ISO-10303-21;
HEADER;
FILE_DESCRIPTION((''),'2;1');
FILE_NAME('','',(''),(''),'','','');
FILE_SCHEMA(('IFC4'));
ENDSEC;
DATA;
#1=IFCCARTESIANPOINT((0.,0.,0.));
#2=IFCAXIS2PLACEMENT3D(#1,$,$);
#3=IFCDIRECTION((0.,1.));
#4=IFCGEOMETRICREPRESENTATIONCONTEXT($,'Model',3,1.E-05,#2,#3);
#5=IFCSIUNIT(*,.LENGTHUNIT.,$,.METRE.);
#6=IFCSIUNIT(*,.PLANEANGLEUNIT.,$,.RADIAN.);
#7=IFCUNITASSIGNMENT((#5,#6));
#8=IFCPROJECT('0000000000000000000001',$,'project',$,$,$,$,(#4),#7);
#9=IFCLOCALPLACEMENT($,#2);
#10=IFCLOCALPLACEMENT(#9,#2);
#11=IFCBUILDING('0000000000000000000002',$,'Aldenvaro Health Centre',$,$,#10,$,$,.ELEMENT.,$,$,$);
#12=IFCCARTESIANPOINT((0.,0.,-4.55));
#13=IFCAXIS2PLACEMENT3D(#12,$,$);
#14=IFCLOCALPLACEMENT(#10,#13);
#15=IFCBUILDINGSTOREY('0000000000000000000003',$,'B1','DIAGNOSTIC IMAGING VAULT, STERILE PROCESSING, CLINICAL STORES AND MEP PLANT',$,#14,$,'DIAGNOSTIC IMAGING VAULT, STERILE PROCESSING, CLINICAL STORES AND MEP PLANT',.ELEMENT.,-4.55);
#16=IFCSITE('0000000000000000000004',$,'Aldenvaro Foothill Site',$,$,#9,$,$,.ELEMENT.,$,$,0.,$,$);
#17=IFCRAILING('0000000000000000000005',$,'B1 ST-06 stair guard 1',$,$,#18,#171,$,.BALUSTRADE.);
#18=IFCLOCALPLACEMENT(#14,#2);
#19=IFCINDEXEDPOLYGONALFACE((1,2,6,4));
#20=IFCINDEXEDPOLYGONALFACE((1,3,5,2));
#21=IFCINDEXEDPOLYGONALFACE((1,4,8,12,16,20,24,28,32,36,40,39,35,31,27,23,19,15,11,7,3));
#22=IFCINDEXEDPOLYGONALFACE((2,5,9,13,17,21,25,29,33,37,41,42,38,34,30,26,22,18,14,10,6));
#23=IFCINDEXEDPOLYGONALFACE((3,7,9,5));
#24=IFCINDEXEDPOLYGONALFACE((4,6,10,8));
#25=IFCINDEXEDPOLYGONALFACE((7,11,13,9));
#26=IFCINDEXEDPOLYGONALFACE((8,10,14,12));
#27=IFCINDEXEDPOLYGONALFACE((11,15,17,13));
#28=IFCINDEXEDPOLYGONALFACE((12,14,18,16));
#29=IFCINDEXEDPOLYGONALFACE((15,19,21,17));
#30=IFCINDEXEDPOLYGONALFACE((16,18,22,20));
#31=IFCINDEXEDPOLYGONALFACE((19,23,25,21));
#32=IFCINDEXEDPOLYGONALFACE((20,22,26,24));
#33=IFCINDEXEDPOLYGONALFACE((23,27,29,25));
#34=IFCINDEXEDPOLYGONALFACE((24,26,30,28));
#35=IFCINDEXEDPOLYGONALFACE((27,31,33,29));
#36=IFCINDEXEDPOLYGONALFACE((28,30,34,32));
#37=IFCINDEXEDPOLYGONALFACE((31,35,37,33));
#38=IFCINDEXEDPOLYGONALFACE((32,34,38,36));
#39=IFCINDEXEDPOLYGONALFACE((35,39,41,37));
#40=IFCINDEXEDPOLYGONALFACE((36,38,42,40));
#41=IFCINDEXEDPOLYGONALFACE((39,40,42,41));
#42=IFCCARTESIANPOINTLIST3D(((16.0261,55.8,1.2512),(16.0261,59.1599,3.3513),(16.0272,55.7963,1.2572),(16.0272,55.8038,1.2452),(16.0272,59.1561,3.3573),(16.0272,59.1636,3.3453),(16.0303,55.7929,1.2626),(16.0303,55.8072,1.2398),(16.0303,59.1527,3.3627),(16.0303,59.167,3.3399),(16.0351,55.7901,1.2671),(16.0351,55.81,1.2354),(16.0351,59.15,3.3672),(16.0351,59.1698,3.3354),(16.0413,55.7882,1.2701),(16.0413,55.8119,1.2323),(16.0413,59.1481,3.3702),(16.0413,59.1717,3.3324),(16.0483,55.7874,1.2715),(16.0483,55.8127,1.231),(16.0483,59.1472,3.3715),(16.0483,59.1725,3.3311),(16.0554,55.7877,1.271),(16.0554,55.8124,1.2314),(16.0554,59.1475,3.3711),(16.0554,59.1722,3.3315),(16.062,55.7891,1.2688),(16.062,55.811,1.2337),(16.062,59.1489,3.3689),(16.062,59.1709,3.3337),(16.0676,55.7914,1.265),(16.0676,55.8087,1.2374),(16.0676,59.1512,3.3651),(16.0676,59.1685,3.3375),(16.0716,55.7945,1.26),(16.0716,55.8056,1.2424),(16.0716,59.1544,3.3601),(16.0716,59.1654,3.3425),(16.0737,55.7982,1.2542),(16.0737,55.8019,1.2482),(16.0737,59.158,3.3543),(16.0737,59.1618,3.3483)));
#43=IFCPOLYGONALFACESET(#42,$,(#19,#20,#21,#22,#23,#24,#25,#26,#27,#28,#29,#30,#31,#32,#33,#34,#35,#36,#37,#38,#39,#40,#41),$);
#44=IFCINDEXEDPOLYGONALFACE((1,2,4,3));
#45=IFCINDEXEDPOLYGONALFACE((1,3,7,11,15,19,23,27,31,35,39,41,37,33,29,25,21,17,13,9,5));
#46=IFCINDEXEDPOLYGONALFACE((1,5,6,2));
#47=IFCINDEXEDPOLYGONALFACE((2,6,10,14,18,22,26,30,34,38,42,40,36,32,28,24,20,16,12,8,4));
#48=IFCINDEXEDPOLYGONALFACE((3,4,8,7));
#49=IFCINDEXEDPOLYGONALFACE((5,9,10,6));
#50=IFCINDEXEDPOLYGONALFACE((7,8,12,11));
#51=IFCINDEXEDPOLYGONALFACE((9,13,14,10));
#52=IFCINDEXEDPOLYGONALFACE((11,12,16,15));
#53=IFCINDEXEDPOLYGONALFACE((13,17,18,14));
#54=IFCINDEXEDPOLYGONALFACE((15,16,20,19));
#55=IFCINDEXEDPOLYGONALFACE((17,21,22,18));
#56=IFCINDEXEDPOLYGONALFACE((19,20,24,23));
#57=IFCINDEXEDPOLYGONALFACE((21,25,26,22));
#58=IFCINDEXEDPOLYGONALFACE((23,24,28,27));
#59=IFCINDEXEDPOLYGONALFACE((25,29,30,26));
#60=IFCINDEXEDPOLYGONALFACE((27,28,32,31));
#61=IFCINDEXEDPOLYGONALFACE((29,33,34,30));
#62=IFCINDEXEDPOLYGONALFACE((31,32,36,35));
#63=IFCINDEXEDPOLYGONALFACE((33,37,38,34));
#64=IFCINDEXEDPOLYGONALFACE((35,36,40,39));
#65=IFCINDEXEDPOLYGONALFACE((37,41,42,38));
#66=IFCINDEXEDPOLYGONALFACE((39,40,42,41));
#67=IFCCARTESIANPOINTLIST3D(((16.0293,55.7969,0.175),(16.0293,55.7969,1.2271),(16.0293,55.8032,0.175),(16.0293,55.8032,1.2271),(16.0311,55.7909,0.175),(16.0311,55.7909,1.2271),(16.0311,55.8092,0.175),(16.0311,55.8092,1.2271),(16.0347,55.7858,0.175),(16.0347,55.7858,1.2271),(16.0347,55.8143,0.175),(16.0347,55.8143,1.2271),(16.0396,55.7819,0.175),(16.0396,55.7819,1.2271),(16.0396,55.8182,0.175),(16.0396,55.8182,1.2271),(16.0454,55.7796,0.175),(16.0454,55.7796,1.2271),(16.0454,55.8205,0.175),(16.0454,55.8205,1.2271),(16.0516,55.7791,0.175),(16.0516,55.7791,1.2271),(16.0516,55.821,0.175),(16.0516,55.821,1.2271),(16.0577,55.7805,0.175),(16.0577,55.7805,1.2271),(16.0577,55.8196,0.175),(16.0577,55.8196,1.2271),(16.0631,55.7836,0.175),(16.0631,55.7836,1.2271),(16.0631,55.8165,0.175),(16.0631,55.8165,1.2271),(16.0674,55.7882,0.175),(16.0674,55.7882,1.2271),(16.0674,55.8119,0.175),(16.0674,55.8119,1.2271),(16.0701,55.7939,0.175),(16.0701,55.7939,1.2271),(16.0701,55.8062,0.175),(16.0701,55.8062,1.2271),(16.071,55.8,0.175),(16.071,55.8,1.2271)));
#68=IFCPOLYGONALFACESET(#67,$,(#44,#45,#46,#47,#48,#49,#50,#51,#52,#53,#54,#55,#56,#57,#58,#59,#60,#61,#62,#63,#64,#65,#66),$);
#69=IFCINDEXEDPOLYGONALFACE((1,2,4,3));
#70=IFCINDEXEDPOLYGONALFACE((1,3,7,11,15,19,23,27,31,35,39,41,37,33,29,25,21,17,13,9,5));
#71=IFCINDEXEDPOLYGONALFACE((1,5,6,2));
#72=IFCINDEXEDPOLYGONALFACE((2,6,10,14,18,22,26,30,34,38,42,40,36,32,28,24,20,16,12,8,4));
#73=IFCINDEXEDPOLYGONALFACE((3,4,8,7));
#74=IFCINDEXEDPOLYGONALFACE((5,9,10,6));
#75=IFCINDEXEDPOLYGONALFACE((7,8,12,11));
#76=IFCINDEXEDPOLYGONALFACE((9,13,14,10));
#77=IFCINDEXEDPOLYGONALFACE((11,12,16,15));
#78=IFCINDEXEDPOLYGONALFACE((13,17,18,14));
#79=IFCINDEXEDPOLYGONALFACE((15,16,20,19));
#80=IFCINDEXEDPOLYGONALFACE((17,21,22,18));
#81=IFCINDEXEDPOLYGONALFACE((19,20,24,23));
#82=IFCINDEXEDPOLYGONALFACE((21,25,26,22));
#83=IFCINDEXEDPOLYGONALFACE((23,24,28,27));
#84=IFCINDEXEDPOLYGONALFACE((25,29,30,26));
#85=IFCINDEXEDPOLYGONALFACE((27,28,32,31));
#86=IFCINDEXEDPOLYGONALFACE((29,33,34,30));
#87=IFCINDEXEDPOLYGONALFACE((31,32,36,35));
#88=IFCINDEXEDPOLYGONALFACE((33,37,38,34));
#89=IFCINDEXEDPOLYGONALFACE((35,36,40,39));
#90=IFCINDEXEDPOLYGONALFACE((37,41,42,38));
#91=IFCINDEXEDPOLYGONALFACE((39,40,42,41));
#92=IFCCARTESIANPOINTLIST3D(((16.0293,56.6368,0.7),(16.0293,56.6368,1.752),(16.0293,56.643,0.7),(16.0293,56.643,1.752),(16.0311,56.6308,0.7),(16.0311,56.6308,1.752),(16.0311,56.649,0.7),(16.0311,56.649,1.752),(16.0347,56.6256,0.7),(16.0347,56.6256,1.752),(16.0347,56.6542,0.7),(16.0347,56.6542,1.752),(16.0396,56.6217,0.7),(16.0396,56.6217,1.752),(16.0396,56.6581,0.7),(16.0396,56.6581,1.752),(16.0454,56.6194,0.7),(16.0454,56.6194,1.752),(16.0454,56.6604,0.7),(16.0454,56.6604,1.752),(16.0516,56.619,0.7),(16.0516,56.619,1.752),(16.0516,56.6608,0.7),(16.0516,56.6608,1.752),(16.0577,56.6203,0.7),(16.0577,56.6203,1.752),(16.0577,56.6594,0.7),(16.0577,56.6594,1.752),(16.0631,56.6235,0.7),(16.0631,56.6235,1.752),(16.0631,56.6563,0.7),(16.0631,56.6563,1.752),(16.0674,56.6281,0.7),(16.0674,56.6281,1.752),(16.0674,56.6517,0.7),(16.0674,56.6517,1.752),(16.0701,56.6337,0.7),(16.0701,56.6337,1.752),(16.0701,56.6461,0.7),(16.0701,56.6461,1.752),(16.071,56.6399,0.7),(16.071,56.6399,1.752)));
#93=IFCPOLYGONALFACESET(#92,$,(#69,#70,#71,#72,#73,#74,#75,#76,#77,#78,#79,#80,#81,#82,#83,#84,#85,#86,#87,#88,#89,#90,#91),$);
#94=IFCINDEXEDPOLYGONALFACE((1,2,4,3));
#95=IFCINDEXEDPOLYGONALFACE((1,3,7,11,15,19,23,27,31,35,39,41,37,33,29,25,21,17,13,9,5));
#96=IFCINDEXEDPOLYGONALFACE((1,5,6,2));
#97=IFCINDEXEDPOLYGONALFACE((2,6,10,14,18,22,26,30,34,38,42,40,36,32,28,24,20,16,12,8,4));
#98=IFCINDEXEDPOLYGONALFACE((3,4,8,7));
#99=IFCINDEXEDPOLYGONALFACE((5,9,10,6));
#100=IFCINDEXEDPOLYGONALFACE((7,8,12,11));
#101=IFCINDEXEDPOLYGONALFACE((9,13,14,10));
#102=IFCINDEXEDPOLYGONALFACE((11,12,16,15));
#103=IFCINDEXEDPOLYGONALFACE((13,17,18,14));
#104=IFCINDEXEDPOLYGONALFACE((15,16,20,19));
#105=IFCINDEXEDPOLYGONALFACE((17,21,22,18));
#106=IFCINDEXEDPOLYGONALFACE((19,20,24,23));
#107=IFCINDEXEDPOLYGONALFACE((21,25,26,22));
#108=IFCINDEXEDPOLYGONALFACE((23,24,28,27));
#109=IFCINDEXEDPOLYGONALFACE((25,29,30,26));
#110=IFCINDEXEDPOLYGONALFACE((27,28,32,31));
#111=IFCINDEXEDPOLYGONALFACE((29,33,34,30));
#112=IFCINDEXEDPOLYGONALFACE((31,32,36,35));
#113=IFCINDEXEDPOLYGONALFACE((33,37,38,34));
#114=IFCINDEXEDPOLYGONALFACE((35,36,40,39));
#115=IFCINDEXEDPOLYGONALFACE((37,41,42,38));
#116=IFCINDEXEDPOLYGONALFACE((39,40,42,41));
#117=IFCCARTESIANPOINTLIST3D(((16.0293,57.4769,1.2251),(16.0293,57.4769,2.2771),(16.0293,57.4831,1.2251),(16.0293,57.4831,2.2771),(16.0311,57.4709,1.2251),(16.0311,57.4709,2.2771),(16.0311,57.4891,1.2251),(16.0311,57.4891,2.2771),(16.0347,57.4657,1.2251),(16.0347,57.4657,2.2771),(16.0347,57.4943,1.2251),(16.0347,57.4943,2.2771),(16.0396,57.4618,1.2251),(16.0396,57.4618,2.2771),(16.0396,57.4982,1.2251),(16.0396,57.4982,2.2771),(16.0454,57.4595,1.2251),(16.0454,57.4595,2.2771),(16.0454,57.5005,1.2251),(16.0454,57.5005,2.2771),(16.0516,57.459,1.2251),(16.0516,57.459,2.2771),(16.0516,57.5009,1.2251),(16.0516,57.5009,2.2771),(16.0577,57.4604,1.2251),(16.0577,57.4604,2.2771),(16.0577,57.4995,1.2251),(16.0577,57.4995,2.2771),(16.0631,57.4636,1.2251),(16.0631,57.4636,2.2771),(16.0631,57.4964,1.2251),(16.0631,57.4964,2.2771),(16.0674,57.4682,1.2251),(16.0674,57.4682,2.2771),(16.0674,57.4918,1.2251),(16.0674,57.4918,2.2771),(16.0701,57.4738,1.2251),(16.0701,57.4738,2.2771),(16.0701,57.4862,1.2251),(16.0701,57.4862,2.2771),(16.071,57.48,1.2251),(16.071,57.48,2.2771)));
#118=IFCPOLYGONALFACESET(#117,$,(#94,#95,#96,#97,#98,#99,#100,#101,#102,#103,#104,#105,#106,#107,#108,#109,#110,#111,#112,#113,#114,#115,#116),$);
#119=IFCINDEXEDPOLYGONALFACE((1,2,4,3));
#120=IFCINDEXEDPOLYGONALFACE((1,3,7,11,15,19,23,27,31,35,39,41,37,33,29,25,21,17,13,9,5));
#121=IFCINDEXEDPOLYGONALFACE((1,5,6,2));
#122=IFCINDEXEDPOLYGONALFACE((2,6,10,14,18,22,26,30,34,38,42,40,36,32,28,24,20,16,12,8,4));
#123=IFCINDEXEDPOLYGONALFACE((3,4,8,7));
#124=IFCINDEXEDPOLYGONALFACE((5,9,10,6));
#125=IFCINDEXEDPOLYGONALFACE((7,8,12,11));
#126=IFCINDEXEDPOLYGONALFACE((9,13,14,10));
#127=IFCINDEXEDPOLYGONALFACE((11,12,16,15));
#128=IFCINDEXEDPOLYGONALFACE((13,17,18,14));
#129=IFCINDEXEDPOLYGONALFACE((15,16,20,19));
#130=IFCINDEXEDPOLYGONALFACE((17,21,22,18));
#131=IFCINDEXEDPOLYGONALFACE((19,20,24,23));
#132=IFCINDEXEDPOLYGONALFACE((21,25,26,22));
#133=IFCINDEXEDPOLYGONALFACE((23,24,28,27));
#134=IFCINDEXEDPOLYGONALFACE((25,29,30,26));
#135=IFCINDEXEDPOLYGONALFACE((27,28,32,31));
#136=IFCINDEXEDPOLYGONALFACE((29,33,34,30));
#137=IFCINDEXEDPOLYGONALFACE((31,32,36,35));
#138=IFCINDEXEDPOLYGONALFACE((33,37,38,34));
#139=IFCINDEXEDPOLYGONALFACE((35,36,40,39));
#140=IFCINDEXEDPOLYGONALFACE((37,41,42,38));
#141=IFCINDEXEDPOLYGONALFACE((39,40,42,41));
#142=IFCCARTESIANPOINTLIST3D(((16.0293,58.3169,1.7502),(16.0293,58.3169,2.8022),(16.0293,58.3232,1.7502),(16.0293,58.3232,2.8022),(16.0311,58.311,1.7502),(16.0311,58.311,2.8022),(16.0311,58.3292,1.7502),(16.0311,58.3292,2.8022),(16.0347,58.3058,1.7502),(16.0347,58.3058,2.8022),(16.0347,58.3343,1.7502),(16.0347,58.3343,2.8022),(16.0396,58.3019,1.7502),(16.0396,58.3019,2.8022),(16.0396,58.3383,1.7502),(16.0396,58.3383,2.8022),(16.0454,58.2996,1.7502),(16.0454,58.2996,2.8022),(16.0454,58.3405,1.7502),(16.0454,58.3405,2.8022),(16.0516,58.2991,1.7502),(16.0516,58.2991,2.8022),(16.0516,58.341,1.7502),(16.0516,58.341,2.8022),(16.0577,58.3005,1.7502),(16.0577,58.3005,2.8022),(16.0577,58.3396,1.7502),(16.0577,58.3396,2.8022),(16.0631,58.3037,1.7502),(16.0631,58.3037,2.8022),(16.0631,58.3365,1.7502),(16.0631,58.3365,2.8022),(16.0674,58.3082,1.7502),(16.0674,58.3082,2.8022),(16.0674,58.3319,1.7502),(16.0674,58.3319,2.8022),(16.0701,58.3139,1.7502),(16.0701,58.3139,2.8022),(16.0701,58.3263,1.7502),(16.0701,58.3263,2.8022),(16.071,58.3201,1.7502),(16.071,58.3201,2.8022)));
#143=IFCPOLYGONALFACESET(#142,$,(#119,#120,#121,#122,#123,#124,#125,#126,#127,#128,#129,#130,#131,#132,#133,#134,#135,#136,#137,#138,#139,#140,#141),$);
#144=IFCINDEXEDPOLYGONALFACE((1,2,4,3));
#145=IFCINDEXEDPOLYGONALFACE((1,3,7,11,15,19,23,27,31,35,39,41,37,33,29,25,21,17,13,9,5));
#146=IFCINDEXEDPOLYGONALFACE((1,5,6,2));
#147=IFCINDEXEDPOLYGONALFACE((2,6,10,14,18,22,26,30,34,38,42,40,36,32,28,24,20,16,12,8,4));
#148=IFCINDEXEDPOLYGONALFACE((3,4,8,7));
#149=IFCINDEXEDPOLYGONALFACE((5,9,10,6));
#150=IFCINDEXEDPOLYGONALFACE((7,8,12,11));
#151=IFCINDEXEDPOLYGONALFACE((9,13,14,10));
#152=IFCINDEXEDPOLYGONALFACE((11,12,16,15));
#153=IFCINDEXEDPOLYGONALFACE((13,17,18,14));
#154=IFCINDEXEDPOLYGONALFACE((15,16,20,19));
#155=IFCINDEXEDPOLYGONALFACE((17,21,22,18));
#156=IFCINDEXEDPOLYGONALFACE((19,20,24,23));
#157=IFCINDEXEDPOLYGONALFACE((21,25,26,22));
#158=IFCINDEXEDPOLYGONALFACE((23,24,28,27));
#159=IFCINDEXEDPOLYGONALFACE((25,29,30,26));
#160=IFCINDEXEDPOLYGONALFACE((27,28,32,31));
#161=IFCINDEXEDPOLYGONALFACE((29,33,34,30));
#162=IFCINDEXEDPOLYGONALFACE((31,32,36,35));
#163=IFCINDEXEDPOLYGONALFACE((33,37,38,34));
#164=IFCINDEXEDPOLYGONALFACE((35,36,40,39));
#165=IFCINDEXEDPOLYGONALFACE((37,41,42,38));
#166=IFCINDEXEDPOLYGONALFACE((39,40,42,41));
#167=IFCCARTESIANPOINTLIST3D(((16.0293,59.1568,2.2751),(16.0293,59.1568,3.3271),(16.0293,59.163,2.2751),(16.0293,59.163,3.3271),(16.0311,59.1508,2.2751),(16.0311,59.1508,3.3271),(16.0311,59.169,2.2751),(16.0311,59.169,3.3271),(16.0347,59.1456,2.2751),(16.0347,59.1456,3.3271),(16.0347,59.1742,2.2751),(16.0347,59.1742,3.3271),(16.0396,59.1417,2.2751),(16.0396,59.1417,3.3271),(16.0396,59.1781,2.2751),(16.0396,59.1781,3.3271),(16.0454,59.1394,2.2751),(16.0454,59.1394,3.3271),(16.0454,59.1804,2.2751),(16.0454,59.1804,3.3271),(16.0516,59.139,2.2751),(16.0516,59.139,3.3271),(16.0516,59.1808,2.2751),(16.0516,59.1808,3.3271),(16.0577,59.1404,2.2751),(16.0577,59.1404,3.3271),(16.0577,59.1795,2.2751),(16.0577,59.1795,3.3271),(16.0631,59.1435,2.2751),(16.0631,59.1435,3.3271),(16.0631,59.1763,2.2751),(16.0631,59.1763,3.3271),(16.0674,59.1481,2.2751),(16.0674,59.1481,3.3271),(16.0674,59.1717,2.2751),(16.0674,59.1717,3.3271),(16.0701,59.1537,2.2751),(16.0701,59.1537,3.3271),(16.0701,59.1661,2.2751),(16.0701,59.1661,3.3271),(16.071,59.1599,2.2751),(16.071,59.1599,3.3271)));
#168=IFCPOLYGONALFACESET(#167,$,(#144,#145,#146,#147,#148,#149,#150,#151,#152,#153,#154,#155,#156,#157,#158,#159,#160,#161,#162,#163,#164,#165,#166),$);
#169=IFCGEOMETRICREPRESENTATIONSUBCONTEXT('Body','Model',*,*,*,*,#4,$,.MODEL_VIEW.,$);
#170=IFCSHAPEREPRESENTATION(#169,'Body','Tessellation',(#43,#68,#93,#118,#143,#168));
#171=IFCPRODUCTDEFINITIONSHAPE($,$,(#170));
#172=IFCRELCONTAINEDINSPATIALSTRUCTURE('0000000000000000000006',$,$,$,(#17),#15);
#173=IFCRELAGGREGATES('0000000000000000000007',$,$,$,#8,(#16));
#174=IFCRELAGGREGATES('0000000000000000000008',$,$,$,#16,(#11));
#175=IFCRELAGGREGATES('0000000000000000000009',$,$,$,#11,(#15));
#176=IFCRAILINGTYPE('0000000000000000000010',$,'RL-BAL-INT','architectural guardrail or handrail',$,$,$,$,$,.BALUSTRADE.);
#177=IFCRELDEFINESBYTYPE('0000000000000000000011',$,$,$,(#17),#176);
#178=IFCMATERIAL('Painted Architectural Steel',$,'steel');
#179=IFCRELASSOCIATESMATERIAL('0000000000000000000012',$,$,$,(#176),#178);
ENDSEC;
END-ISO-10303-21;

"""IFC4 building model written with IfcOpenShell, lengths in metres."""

from ifc_helpers import new_model, si_unit, direction, frame, origin, origin_2d, place, context, subcontext, project, spatial, circle, extrude, material, type_object, element, save


model = new_model("IFC4")

# Units and contexts
model_context = context("Model", 3, precision=1e-05, world=origin(), true_north=direction((0.0, 1.0)))
body_context = subcontext(model_context, "Body", "Model", "MODEL_VIEW")
ifc_project = project(units=[si_unit("LENGTHUNIT", "METRE"), si_unit("PLANEANGLEUNIT", "RADIAN")], contexts=[model_context])

# Site, building, storey
site_placement = place(None, origin())
site = spatial("IfcSite", under=ifc_project, at=site_placement, Name="Aldenvaro Foothill Site", CompositionType="ELEMENT", RefElevation=0.0)
building_placement = place(site_placement, origin())
building = spatial("IfcBuilding", under=site, at=building_placement, Name="Aldenvaro Health Centre", CompositionType="ELEMENT")
storey_placement = place(building_placement, frame((0.0, 0.0, -4.55)))
storey = spatial("IfcBuildingStorey", under=building, at=storey_placement, Name="B1", Description="DIAGNOSTIC IMAGING VAULT, STERILE PROCESSING, CLINICAL STORES AND MEP PLANT", LongName="DIAGNOSTIC IMAGING VAULT, STERILE PROCESSING, CLINICAL STORES AND MEP PLANT", CompositionType="ELEMENT", Elevation=-4.55)

# Railing
ifc_material_1 = material(Name="Painted Architectural Steel", Category="steel")
railing_type_1 = type_object("IfcRailingType", Name="RL-BAL-INT", Description="architectural guardrail or handrail", PredefinedType="BALUSTRADE", material=ifc_material_1)
railing_1_placement = place(storey_placement, frame((16.05, 55.8, 0.175)))
element("IfcRailing", 1, at=railing_1_placement, inside=storey, type_object=railing_type_1, Name="B1 ST-06 stair guard 1", PredefinedType="BALUSTRADE", context=body_context, shape_type="SweptSolid", body=[
    extrude(circle(Radius=0.0239, at=origin_2d()), frame((0.0, 0.0, 1.0762), z_axis=(0.0, 0.847978, 0.530032), x_axis=(-1.0, 0.0, 0.0)), (0.0, 0.0, 1.0), 3.9622),
    extrude(circle(Radius=0.021, at=origin_2d()), origin(), (0.0, 0.0, 1.0), 1.052),
    extrude(circle(Radius=0.021, at=origin_2d()), frame((0.0, 0.8398, 0.5249)), (0.0, 0.0, 1.0), 1.052),
    extrude(circle(Radius=0.021, at=origin_2d()), frame((0.0, 1.6799, 1.05)), (0.0, 0.0, 1.0), 1.052),
    extrude(circle(Radius=0.021, at=origin_2d()), frame((0.0, 2.52, 1.5752)), (0.0, 0.0, 1.0), 1.052),
    extrude(circle(Radius=0.021, at=origin_2d()), frame((0.0, 3.3599, 2.1001)), (0.0, 0.0, 1.0), 1.052),
])

save(model, "model.ifc")
